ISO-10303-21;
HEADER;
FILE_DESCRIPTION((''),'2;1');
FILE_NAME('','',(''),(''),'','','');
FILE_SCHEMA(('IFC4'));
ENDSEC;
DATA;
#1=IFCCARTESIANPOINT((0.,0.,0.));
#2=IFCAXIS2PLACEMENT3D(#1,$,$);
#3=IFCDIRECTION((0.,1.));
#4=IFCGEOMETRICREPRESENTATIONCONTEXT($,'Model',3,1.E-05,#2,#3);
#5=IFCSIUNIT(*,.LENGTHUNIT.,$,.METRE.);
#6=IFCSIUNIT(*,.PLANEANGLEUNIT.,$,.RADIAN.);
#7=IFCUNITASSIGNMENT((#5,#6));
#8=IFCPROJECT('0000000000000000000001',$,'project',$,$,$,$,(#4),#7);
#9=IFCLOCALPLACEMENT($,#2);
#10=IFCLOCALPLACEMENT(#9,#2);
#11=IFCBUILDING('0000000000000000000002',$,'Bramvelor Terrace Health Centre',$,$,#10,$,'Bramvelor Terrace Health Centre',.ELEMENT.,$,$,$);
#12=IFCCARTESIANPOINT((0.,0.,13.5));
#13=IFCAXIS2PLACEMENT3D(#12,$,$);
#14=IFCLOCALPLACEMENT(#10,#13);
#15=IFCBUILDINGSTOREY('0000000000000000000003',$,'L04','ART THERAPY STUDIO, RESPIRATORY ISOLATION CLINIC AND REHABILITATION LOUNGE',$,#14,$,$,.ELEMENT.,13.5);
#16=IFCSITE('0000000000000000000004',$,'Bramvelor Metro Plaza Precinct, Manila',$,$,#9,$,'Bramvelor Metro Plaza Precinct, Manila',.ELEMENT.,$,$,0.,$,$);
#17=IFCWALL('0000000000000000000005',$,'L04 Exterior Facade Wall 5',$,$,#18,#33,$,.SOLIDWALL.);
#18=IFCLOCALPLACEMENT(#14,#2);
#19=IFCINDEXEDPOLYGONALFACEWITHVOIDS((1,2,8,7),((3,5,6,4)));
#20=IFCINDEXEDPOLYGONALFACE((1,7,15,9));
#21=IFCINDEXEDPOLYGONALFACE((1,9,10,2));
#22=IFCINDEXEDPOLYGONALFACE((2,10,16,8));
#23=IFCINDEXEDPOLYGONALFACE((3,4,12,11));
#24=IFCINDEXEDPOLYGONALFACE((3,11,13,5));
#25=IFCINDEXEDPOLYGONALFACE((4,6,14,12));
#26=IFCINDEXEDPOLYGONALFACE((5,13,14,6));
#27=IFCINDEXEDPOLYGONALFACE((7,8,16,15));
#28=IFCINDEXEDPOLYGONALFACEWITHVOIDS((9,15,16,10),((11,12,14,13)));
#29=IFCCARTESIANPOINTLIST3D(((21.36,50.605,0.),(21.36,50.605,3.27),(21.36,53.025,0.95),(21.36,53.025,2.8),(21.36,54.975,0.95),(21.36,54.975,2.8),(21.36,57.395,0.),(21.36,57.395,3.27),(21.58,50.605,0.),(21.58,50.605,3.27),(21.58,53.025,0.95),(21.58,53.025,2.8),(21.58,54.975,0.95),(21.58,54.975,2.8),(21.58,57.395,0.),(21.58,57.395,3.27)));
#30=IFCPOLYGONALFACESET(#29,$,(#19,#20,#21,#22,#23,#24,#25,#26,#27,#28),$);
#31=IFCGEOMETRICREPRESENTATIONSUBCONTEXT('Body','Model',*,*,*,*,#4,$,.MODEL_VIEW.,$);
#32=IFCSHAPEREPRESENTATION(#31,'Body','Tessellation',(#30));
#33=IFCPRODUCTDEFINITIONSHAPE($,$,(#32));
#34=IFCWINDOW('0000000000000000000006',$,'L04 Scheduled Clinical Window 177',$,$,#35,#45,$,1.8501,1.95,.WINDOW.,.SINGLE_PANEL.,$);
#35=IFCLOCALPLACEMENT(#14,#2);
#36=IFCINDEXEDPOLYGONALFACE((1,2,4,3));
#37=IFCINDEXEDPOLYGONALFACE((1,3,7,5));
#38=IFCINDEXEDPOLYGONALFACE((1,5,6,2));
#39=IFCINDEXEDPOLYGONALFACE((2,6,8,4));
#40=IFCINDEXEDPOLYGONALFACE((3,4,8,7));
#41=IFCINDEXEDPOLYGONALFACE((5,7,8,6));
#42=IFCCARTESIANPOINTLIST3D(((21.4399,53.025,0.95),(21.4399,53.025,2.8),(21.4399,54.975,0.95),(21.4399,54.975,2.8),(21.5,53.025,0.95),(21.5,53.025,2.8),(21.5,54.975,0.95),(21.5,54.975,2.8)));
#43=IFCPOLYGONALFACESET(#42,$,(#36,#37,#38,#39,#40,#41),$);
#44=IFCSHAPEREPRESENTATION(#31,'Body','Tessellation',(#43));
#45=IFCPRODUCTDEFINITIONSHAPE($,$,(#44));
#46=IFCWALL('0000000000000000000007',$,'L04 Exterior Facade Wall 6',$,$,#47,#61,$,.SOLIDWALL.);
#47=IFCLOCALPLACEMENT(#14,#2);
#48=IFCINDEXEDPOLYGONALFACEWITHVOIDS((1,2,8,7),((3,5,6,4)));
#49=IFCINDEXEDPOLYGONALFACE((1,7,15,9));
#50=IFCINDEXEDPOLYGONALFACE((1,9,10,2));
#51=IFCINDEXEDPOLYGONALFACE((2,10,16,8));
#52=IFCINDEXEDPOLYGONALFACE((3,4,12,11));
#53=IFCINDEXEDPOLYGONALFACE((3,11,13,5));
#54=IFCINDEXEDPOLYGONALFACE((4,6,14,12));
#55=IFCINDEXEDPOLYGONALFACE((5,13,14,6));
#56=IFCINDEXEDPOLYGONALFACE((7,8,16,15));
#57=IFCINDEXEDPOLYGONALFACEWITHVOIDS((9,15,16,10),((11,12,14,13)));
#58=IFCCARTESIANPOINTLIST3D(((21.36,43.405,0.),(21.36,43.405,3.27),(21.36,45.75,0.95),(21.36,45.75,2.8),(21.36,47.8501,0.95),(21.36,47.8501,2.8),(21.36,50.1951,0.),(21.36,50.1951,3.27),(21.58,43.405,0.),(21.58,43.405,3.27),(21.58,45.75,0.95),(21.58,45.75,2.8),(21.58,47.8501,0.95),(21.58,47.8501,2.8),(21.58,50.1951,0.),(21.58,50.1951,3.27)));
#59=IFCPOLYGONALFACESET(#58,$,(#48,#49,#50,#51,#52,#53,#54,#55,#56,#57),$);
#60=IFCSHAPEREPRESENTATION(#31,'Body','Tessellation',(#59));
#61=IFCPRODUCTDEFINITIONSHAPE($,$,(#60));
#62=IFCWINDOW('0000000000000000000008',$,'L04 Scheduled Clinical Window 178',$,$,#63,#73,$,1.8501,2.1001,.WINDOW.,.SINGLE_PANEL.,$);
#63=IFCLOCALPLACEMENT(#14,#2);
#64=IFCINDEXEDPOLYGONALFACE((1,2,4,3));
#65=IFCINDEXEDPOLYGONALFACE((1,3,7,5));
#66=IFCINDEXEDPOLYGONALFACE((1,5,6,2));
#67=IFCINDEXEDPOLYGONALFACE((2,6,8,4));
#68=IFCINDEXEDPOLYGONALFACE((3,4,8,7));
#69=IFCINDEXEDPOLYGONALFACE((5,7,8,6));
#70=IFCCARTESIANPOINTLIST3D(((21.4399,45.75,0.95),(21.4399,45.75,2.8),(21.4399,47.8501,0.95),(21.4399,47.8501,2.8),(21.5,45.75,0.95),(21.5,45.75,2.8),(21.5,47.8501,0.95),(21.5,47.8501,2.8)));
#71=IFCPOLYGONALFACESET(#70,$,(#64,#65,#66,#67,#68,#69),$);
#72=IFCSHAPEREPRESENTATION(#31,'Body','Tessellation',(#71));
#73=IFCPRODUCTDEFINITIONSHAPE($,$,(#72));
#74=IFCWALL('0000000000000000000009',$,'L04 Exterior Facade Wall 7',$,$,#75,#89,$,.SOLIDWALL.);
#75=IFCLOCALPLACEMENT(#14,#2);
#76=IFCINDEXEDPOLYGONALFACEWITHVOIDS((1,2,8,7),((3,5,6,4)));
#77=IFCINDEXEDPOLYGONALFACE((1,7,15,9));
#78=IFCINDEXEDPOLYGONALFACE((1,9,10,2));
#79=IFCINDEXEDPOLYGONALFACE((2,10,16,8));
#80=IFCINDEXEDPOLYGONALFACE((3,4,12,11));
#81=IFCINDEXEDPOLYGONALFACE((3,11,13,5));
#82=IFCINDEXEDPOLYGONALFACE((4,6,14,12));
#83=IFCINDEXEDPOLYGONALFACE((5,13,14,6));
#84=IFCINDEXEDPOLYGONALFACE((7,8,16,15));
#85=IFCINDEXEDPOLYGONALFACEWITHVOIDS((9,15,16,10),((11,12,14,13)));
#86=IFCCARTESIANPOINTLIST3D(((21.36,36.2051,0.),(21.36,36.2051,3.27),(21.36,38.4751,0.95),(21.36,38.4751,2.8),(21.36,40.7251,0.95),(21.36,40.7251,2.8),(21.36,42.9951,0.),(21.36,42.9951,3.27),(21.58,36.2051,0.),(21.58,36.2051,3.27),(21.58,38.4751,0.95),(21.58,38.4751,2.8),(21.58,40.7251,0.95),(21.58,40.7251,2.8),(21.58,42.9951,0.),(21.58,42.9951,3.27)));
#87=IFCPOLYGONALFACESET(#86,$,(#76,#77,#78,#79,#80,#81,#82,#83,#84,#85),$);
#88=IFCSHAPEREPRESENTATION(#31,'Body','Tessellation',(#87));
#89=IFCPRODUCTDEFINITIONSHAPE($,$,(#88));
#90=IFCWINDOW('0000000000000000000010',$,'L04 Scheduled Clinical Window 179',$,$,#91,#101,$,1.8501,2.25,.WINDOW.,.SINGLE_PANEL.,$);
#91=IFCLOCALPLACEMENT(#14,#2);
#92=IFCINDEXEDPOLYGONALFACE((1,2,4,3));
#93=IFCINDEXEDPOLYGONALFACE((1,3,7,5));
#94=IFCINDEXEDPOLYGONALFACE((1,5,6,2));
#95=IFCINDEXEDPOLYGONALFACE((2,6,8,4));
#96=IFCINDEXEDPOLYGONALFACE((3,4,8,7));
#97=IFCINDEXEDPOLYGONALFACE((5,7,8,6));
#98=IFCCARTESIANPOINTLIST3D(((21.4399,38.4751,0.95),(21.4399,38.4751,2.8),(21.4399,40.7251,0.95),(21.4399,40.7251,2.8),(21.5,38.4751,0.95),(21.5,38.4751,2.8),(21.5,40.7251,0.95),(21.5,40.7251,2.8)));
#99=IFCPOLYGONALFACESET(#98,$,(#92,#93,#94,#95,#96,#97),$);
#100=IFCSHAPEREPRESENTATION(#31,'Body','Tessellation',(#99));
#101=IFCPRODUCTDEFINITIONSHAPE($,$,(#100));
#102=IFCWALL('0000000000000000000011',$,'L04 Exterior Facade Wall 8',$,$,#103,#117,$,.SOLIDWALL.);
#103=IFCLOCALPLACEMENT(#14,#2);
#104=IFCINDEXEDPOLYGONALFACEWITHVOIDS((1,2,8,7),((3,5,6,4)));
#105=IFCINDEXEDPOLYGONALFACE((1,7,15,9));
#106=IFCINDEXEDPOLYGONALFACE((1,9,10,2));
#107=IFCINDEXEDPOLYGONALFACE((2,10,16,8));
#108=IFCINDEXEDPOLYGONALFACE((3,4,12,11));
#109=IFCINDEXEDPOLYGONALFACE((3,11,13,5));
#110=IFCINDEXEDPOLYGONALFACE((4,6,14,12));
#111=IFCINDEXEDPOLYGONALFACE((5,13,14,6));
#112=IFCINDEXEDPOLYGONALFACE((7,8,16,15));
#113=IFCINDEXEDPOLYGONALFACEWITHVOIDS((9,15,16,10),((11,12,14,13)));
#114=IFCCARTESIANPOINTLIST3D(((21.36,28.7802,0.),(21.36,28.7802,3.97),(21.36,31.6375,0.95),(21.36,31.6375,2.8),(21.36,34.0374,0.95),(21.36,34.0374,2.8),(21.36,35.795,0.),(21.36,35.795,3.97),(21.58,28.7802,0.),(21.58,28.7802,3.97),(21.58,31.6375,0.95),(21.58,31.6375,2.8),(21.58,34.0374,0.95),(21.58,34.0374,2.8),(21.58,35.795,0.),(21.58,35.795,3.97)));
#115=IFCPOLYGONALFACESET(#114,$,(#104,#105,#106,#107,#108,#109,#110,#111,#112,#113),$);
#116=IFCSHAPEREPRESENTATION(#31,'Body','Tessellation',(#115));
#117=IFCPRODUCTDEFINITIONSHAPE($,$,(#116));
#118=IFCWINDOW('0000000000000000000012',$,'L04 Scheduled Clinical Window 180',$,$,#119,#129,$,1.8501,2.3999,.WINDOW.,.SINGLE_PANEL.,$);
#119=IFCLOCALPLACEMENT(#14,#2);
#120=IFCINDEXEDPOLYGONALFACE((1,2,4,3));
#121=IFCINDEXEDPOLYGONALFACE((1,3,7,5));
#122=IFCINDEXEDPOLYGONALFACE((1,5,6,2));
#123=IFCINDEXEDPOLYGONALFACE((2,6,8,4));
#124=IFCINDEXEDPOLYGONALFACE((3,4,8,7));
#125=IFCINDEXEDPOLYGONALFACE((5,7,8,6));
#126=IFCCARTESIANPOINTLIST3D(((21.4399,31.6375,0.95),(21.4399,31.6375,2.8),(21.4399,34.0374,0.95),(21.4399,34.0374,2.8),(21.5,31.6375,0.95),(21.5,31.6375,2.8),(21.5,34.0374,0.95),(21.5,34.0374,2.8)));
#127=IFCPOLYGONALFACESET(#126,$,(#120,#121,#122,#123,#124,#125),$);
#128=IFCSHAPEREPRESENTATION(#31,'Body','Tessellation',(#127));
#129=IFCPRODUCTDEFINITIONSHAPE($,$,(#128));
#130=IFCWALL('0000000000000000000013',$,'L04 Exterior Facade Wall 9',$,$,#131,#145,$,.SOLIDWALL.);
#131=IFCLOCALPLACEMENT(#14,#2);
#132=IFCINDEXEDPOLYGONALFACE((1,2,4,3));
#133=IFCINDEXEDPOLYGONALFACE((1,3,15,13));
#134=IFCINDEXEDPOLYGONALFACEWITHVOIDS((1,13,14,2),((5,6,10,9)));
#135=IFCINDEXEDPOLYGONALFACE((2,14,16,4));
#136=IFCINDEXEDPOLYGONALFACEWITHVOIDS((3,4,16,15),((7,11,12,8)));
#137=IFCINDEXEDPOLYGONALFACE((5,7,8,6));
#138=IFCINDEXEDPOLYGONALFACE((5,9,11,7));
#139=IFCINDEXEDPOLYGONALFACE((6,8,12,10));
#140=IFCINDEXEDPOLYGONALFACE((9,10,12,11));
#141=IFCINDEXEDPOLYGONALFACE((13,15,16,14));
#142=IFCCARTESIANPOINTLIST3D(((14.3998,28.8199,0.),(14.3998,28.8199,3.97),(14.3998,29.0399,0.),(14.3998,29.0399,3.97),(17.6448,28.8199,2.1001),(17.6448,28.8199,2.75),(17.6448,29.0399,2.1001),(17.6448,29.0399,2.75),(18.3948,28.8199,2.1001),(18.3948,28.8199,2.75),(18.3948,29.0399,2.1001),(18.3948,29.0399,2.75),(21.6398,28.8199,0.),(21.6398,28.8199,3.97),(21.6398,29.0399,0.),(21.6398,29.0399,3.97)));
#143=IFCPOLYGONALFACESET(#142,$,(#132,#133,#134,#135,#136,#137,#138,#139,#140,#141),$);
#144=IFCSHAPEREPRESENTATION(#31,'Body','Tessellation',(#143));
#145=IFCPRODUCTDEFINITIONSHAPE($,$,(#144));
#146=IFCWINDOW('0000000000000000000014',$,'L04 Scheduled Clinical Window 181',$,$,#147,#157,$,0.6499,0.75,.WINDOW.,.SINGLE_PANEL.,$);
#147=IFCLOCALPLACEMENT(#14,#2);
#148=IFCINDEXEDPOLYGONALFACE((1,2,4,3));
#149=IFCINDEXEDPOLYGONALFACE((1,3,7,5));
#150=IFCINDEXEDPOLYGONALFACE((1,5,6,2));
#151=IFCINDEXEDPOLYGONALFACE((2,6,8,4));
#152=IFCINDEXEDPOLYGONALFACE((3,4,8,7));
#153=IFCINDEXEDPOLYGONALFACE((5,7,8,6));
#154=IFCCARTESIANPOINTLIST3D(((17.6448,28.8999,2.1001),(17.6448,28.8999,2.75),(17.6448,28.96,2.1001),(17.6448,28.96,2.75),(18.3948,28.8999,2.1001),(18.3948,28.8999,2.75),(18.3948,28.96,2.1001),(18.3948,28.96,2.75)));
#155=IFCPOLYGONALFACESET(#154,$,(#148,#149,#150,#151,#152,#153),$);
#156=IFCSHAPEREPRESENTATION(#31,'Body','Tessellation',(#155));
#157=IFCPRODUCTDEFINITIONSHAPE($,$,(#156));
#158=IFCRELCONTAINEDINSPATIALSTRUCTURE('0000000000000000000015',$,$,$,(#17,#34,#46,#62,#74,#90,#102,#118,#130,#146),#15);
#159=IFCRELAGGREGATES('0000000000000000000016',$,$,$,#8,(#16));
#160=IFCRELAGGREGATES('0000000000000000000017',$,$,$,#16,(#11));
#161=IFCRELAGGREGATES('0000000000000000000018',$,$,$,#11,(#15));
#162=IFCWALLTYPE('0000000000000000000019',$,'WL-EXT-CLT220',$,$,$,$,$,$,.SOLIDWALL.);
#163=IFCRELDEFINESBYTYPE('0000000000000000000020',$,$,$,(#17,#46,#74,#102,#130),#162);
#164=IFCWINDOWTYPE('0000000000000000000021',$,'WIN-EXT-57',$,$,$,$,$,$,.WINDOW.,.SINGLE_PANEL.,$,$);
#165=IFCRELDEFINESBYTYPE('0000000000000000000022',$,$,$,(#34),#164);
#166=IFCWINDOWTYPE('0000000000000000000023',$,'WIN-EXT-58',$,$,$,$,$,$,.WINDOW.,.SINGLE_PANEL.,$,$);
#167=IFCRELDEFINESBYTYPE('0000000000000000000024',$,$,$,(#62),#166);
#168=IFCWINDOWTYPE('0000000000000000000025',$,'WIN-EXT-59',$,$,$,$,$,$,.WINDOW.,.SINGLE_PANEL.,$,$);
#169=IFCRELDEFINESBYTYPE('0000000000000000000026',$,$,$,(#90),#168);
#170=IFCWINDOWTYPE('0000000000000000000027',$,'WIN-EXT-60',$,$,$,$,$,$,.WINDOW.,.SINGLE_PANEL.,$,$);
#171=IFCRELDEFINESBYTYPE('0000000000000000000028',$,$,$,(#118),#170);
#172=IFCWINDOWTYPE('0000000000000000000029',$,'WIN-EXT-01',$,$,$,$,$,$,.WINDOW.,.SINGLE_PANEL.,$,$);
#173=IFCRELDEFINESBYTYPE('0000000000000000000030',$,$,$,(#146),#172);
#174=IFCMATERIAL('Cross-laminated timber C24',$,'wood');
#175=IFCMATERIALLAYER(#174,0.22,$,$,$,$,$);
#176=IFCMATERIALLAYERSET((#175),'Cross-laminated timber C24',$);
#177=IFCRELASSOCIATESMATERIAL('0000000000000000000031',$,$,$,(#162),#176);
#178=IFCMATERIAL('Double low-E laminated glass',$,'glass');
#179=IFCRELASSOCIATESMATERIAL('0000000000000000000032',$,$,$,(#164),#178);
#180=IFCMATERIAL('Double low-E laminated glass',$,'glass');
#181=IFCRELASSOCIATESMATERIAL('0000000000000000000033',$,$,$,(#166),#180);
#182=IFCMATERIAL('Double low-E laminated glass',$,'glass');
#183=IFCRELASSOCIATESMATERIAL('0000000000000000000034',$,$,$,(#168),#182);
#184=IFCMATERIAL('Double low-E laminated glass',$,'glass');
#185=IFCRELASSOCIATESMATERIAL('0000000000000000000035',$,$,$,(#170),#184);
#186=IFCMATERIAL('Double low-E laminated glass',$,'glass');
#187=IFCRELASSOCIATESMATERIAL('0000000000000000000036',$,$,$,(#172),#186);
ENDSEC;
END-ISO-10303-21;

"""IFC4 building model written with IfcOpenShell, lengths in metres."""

from ifc_helpers import new_model, si_unit, direction, frame, frame_2d, origin, place, context, subcontext, project, spatial, rectangle, extrude, material, layer, layer_set, type_object, element, fill, save


model = new_model("IFC4")

# Units and contexts
model_context = context("Model", 3, precision=1e-05, world=origin(), true_north=direction((0.0, 1.0)))
body_context = subcontext(model_context, "Body", "Model", "MODEL_VIEW")
ifc_project = project(units=[si_unit("LENGTHUNIT", "METRE"), si_unit("PLANEANGLEUNIT", "RADIAN")], contexts=[model_context])

# Site, building, storey
site_placement = place(None, origin())
site = spatial("IfcSite", under=ifc_project, at=site_placement, Name="Bramvelor Metro Plaza Precinct, Manila", LongName="Bramvelor Metro Plaza Precinct, Manila", CompositionType="ELEMENT", RefElevation=0.0)
building_placement = place(site_placement, origin())
building = spatial("IfcBuilding", under=site, at=building_placement, Name="Bramvelor Terrace Health Centre", LongName="Bramvelor Terrace Health Centre", CompositionType="ELEMENT")
storey_placement = place(building_placement, frame((0.0, 0.0, 13.5)))
storey = spatial("IfcBuildingStorey", under=building, at=storey_placement, Name="L04", Description="ART THERAPY STUDIO, RESPIRATORY ISOLATION CLINIC AND REHABILITATION LOUNGE", CompositionType="ELEMENT", Elevation=13.5)

# Walls, openings, windows
ifc_material_1 = material(Name="Cross-laminated timber C24", Category="wood")
ifc_layer_1 = layer(ifc_material_1, 0.22)
ifc_layer_set_1 = layer_set([ifc_layer_1], Name="Cross-laminated timber C24")
wall_type_1 = type_object("IfcWallType", Name="WL-EXT-CLT220", PredefinedType="SOLIDWALL", material=ifc_layer_set_1)
wall_1_placement = place(storey_placement, frame((21.47, 57.395, 0.0), z_axis=(0.0, 0.0, 1.0), x_axis=(0.0, -1.0, 0.0)))
wall_1 = element("IfcWall", 1, at=wall_1_placement, inside=storey, type_object=wall_type_1, Name="L04 Exterior Facade Wall 5", PredefinedType="SOLIDWALL", context=body_context, shape_type="SweptSolid", body=[
    extrude(rectangle(XDim=6.79, YDim=0.22, at=frame_2d((3.395, 0.0))), origin(), (0.0, 0.0, 1.0), 3.27),
])
opening_1_placement = place(wall_1_placement, frame((2.4199, 0.0, 0.95)))
opening_1 = element("IfcOpeningElement", 2, at=opening_1_placement, cuts=wall_1, PredefinedType="OPENING", context=body_context, shape_type="SweptSolid", body=[
    extrude(rectangle(XDim=1.95, YDim=1.8501, at=frame_2d((0.9751, 0.925))), frame((0.0, 0.1199, 0.0), z_axis=(0.0, -1.0, 0.0), x_axis=(1.0, 0.0, 0.0)), (0.0, 0.0, 1.0), 0.24),
])
ifc_material_2 = material(Name="Double low-E laminated glass", Category="glass")
window_type_1 = type_object("IfcWindowType", Name="WIN-EXT-57", PartitioningType="SINGLE_PANEL", PredefinedType="WINDOW", material=ifc_material_2)
window_1_placement = place(opening_1_placement, origin())
window_1 = element("IfcWindow", 3, at=window_1_placement, inside=storey, type_object=window_type_1, Name="L04 Scheduled Clinical Window 177", OverallHeight=1.8501, OverallWidth=1.95, PartitioningType="SINGLE_PANEL", PredefinedType="WINDOW", context=body_context, shape_type="SweptSolid", body=[
    extrude(rectangle(XDim=1.95, YDim=1.8501, at=frame_2d((0.9751, 0.925))), frame((0.0, 0.03, 0.0), z_axis=(0.0, -1.0, 0.0), x_axis=(1.0, 0.0, 0.0)), (0.0, 0.0, 1.0), 0.0601),
])
fill(opening_1, window_1)
wall_2_placement = place(storey_placement, frame((21.47, 50.1951, 0.0), z_axis=(0.0, 0.0, 1.0), x_axis=(0.0, -1.0, 0.0)))
wall_2 = element("IfcWall", 4, at=wall_2_placement, inside=storey, type_object=wall_type_1, Name="L04 Exterior Facade Wall 6", PredefinedType="SOLIDWALL", context=body_context, shape_type="SweptSolid", body=[
    extrude(rectangle(XDim=6.79, YDim=0.22, at=frame_2d((3.395, 0.0))), origin(), (0.0, 0.0, 1.0), 3.27),
])
opening_2_placement = place(wall_2_placement, frame((2.345, 0.0, 0.95)))
opening_2 = element("IfcOpeningElement", 5, at=opening_2_placement, cuts=wall_2, PredefinedType="OPENING", context=body_context, shape_type="SweptSolid", body=[
    extrude(rectangle(XDim=2.1001, YDim=1.8501, at=frame_2d((1.05, 0.925))), frame((0.0, 0.1199, 0.0), z_axis=(0.0, -1.0, 0.0), x_axis=(1.0, 0.0, 0.0)), (0.0, 0.0, 1.0), 0.24),
])
ifc_material_3 = material(Name="Double low-E laminated glass", Category="glass")
window_type_2 = type_object("IfcWindowType", Name="WIN-EXT-58", PartitioningType="SINGLE_PANEL", PredefinedType="WINDOW", material=ifc_material_3)
window_2_placement = place(opening_2_placement, origin())
window_2 = element("IfcWindow", 6, at=window_2_placement, inside=storey, type_object=window_type_2, Name="L04 Scheduled Clinical Window 178", OverallHeight=1.8501, OverallWidth=2.1001, PartitioningType="SINGLE_PANEL", PredefinedType="WINDOW", context=body_context, shape_type="SweptSolid", body=[
    extrude(rectangle(XDim=2.1001, YDim=1.8501, at=frame_2d((1.05, 0.925))), frame((0.0, 0.03, 0.0), z_axis=(0.0, -1.0, 0.0), x_axis=(1.0, 0.0, 0.0)), (0.0, 0.0, 1.0), 0.0601),
])
fill(opening_2, window_2)
wall_3_placement = place(storey_placement, frame((21.47, 42.9951, 0.0), z_axis=(0.0, 0.0, 1.0), x_axis=(0.0, -1.0, 0.0)))
wall_3 = element("IfcWall", 7, at=wall_3_placement, inside=storey, type_object=wall_type_1, Name="L04 Exterior Facade Wall 7", PredefinedType="SOLIDWALL", context=body_context, shape_type="SweptSolid", body=[
    extrude(rectangle(XDim=6.79, YDim=0.22, at=frame_2d((3.395, 0.0))), origin(), (0.0, 0.0, 1.0), 3.27),
])
opening_3_placement = place(wall_3_placement, frame((2.27, 0.0, 0.95)))
opening_3 = element("IfcOpeningElement", 8, at=opening_3_placement, cuts=wall_3, PredefinedType="OPENING", context=body_context, shape_type="SweptSolid", body=[
    extrude(rectangle(XDim=2.25, YDim=1.8501, at=frame_2d((1.125, 0.925))), frame((0.0, 0.1199, 0.0), z_axis=(0.0, -1.0, 0.0), x_axis=(1.0, 0.0, 0.0)), (0.0, 0.0, 1.0), 0.24),
])
ifc_material_4 = material(Name="Double low-E laminated glass", Category="glass")
window_type_3 = type_object("IfcWindowType", Name="WIN-EXT-59", PartitioningType="SINGLE_PANEL", PredefinedType="WINDOW", material=ifc_material_4)
window_3_placement = place(opening_3_placement, origin())
window_3 = element("IfcWindow", 9, at=window_3_placement, inside=storey, type_object=window_type_3, Name="L04 Scheduled Clinical Window 179", OverallHeight=1.8501, OverallWidth=2.25, PartitioningType="SINGLE_PANEL", PredefinedType="WINDOW", context=body_context, shape_type="SweptSolid", body=[
    extrude(rectangle(XDim=2.25, YDim=1.8501, at=frame_2d((1.125, 0.925))), frame((0.0, 0.03, 0.0), z_axis=(0.0, -1.0, 0.0), x_axis=(1.0, 0.0, 0.0)), (0.0, 0.0, 1.0), 0.0601),
])
fill(opening_3, window_3)
wall_4_placement = place(storey_placement, frame((21.47, 35.7949, 0.0), z_axis=(0.0, 0.0, 1.0), x_axis=(0.0, -1.0, 0.0)))
wall_4 = element("IfcWall", 10, at=wall_4_placement, inside=storey, type_object=wall_type_1, Name="L04 Exterior Facade Wall 8", PredefinedType="SOLIDWALL", context=body_context, shape_type="SweptSolid", body=[
    extrude(rectangle(XDim=7.0149, YDim=0.22, at=frame_2d((3.5073, 0.0))), origin(), (0.0, 0.0, 1.0), 3.97),
])
opening_4_placement = place(wall_4_placement, frame((1.7576, 0.0, 0.95)))
opening_4 = element("IfcOpeningElement", 11, at=opening_4_placement, cuts=wall_4, PredefinedType="OPENING", context=body_context, shape_type="SweptSolid", body=[
    extrude(rectangle(XDim=2.3999, YDim=1.8501, at=frame_2d((1.2, 0.925))), frame((0.0, 0.1199, 0.0), z_axis=(0.0, -1.0, 0.0), x_axis=(1.0, 0.0, 0.0)), (0.0, 0.0, 1.0), 0.24),
])
ifc_material_5 = material(Name="Double low-E laminated glass", Category="glass")
window_type_4 = type_object("IfcWindowType", Name="WIN-EXT-60", PartitioningType="SINGLE_PANEL", PredefinedType="WINDOW", material=ifc_material_5)
window_4_placement = place(opening_4_placement, origin())
window_4 = element("IfcWindow", 12, at=window_4_placement, inside=storey, type_object=window_type_4, Name="L04 Scheduled Clinical Window 180", OverallHeight=1.8501, OverallWidth=2.3999, PartitioningType="SINGLE_PANEL", PredefinedType="WINDOW", context=body_context, shape_type="SweptSolid", body=[
    extrude(rectangle(XDim=2.3999, YDim=1.8501, at=frame_2d((1.2, 0.925))), frame((0.0, 0.03, 0.0), z_axis=(0.0, -1.0, 0.0), x_axis=(1.0, 0.0, 0.0)), (0.0, 0.0, 1.0), 0.0601),
])
fill(opening_4, window_4)
wall_5_placement = place(storey_placement, frame((21.6399, 28.9299, 0.0), z_axis=(0.0, 0.0, 1.0), x_axis=(-1.0, 0.0, 0.0)))
wall_5 = element("IfcWall", 13, at=wall_5_placement, inside=storey, type_object=wall_type_1, Name="L04 Exterior Facade Wall 9", PredefinedType="SOLIDWALL", context=body_context, shape_type="SweptSolid", body=[
    extrude(rectangle(XDim=7.24, YDim=0.22, at=frame_2d((3.6201, 0.0))), origin(), (0.0, 0.0, 1.0), 3.97),
])
opening_5_placement = place(wall_5_placement, frame((3.2451, 0.0, 2.1001)))
opening_5 = element("IfcOpeningElement", 14, at=opening_5_placement, cuts=wall_5, PredefinedType="OPENING", context=body_context, shape_type="SweptSolid", body=[
    extrude(rectangle(XDim=0.75, YDim=0.6499, at=frame_2d((0.375, 0.325))), frame((0.0, 0.1199, 0.0), z_axis=(0.0, -1.0, 0.0), x_axis=(1.0, 0.0, 0.0)), (0.0, 0.0, 1.0), 0.24),
])
ifc_material_6 = material(Name="Double low-E laminated glass", Category="glass")
window_type_5 = type_object("IfcWindowType", Name="WIN-EXT-01", PartitioningType="SINGLE_PANEL", PredefinedType="WINDOW", material=ifc_material_6)
window_5_placement = place(opening_5_placement, origin())
window_5 = element("IfcWindow", 15, at=window_5_placement, inside=storey, type_object=window_type_5, Name="L04 Scheduled Clinical Window 181", OverallHeight=0.6499, OverallWidth=0.75, PartitioningType="SINGLE_PANEL", PredefinedType="WINDOW", context=body_context, shape_type="SweptSolid", body=[
    extrude(rectangle(XDim=0.75, YDim=0.6499, at=frame_2d((0.375, 0.325))), frame((0.0, 0.03, 0.0), z_axis=(0.0, -1.0, 0.0), x_axis=(1.0, 0.0, 0.0)), (0.0, 0.0, 1.0), 0.0601),
])
fill(opening_5, window_5)

save(model, "model.ifc")
